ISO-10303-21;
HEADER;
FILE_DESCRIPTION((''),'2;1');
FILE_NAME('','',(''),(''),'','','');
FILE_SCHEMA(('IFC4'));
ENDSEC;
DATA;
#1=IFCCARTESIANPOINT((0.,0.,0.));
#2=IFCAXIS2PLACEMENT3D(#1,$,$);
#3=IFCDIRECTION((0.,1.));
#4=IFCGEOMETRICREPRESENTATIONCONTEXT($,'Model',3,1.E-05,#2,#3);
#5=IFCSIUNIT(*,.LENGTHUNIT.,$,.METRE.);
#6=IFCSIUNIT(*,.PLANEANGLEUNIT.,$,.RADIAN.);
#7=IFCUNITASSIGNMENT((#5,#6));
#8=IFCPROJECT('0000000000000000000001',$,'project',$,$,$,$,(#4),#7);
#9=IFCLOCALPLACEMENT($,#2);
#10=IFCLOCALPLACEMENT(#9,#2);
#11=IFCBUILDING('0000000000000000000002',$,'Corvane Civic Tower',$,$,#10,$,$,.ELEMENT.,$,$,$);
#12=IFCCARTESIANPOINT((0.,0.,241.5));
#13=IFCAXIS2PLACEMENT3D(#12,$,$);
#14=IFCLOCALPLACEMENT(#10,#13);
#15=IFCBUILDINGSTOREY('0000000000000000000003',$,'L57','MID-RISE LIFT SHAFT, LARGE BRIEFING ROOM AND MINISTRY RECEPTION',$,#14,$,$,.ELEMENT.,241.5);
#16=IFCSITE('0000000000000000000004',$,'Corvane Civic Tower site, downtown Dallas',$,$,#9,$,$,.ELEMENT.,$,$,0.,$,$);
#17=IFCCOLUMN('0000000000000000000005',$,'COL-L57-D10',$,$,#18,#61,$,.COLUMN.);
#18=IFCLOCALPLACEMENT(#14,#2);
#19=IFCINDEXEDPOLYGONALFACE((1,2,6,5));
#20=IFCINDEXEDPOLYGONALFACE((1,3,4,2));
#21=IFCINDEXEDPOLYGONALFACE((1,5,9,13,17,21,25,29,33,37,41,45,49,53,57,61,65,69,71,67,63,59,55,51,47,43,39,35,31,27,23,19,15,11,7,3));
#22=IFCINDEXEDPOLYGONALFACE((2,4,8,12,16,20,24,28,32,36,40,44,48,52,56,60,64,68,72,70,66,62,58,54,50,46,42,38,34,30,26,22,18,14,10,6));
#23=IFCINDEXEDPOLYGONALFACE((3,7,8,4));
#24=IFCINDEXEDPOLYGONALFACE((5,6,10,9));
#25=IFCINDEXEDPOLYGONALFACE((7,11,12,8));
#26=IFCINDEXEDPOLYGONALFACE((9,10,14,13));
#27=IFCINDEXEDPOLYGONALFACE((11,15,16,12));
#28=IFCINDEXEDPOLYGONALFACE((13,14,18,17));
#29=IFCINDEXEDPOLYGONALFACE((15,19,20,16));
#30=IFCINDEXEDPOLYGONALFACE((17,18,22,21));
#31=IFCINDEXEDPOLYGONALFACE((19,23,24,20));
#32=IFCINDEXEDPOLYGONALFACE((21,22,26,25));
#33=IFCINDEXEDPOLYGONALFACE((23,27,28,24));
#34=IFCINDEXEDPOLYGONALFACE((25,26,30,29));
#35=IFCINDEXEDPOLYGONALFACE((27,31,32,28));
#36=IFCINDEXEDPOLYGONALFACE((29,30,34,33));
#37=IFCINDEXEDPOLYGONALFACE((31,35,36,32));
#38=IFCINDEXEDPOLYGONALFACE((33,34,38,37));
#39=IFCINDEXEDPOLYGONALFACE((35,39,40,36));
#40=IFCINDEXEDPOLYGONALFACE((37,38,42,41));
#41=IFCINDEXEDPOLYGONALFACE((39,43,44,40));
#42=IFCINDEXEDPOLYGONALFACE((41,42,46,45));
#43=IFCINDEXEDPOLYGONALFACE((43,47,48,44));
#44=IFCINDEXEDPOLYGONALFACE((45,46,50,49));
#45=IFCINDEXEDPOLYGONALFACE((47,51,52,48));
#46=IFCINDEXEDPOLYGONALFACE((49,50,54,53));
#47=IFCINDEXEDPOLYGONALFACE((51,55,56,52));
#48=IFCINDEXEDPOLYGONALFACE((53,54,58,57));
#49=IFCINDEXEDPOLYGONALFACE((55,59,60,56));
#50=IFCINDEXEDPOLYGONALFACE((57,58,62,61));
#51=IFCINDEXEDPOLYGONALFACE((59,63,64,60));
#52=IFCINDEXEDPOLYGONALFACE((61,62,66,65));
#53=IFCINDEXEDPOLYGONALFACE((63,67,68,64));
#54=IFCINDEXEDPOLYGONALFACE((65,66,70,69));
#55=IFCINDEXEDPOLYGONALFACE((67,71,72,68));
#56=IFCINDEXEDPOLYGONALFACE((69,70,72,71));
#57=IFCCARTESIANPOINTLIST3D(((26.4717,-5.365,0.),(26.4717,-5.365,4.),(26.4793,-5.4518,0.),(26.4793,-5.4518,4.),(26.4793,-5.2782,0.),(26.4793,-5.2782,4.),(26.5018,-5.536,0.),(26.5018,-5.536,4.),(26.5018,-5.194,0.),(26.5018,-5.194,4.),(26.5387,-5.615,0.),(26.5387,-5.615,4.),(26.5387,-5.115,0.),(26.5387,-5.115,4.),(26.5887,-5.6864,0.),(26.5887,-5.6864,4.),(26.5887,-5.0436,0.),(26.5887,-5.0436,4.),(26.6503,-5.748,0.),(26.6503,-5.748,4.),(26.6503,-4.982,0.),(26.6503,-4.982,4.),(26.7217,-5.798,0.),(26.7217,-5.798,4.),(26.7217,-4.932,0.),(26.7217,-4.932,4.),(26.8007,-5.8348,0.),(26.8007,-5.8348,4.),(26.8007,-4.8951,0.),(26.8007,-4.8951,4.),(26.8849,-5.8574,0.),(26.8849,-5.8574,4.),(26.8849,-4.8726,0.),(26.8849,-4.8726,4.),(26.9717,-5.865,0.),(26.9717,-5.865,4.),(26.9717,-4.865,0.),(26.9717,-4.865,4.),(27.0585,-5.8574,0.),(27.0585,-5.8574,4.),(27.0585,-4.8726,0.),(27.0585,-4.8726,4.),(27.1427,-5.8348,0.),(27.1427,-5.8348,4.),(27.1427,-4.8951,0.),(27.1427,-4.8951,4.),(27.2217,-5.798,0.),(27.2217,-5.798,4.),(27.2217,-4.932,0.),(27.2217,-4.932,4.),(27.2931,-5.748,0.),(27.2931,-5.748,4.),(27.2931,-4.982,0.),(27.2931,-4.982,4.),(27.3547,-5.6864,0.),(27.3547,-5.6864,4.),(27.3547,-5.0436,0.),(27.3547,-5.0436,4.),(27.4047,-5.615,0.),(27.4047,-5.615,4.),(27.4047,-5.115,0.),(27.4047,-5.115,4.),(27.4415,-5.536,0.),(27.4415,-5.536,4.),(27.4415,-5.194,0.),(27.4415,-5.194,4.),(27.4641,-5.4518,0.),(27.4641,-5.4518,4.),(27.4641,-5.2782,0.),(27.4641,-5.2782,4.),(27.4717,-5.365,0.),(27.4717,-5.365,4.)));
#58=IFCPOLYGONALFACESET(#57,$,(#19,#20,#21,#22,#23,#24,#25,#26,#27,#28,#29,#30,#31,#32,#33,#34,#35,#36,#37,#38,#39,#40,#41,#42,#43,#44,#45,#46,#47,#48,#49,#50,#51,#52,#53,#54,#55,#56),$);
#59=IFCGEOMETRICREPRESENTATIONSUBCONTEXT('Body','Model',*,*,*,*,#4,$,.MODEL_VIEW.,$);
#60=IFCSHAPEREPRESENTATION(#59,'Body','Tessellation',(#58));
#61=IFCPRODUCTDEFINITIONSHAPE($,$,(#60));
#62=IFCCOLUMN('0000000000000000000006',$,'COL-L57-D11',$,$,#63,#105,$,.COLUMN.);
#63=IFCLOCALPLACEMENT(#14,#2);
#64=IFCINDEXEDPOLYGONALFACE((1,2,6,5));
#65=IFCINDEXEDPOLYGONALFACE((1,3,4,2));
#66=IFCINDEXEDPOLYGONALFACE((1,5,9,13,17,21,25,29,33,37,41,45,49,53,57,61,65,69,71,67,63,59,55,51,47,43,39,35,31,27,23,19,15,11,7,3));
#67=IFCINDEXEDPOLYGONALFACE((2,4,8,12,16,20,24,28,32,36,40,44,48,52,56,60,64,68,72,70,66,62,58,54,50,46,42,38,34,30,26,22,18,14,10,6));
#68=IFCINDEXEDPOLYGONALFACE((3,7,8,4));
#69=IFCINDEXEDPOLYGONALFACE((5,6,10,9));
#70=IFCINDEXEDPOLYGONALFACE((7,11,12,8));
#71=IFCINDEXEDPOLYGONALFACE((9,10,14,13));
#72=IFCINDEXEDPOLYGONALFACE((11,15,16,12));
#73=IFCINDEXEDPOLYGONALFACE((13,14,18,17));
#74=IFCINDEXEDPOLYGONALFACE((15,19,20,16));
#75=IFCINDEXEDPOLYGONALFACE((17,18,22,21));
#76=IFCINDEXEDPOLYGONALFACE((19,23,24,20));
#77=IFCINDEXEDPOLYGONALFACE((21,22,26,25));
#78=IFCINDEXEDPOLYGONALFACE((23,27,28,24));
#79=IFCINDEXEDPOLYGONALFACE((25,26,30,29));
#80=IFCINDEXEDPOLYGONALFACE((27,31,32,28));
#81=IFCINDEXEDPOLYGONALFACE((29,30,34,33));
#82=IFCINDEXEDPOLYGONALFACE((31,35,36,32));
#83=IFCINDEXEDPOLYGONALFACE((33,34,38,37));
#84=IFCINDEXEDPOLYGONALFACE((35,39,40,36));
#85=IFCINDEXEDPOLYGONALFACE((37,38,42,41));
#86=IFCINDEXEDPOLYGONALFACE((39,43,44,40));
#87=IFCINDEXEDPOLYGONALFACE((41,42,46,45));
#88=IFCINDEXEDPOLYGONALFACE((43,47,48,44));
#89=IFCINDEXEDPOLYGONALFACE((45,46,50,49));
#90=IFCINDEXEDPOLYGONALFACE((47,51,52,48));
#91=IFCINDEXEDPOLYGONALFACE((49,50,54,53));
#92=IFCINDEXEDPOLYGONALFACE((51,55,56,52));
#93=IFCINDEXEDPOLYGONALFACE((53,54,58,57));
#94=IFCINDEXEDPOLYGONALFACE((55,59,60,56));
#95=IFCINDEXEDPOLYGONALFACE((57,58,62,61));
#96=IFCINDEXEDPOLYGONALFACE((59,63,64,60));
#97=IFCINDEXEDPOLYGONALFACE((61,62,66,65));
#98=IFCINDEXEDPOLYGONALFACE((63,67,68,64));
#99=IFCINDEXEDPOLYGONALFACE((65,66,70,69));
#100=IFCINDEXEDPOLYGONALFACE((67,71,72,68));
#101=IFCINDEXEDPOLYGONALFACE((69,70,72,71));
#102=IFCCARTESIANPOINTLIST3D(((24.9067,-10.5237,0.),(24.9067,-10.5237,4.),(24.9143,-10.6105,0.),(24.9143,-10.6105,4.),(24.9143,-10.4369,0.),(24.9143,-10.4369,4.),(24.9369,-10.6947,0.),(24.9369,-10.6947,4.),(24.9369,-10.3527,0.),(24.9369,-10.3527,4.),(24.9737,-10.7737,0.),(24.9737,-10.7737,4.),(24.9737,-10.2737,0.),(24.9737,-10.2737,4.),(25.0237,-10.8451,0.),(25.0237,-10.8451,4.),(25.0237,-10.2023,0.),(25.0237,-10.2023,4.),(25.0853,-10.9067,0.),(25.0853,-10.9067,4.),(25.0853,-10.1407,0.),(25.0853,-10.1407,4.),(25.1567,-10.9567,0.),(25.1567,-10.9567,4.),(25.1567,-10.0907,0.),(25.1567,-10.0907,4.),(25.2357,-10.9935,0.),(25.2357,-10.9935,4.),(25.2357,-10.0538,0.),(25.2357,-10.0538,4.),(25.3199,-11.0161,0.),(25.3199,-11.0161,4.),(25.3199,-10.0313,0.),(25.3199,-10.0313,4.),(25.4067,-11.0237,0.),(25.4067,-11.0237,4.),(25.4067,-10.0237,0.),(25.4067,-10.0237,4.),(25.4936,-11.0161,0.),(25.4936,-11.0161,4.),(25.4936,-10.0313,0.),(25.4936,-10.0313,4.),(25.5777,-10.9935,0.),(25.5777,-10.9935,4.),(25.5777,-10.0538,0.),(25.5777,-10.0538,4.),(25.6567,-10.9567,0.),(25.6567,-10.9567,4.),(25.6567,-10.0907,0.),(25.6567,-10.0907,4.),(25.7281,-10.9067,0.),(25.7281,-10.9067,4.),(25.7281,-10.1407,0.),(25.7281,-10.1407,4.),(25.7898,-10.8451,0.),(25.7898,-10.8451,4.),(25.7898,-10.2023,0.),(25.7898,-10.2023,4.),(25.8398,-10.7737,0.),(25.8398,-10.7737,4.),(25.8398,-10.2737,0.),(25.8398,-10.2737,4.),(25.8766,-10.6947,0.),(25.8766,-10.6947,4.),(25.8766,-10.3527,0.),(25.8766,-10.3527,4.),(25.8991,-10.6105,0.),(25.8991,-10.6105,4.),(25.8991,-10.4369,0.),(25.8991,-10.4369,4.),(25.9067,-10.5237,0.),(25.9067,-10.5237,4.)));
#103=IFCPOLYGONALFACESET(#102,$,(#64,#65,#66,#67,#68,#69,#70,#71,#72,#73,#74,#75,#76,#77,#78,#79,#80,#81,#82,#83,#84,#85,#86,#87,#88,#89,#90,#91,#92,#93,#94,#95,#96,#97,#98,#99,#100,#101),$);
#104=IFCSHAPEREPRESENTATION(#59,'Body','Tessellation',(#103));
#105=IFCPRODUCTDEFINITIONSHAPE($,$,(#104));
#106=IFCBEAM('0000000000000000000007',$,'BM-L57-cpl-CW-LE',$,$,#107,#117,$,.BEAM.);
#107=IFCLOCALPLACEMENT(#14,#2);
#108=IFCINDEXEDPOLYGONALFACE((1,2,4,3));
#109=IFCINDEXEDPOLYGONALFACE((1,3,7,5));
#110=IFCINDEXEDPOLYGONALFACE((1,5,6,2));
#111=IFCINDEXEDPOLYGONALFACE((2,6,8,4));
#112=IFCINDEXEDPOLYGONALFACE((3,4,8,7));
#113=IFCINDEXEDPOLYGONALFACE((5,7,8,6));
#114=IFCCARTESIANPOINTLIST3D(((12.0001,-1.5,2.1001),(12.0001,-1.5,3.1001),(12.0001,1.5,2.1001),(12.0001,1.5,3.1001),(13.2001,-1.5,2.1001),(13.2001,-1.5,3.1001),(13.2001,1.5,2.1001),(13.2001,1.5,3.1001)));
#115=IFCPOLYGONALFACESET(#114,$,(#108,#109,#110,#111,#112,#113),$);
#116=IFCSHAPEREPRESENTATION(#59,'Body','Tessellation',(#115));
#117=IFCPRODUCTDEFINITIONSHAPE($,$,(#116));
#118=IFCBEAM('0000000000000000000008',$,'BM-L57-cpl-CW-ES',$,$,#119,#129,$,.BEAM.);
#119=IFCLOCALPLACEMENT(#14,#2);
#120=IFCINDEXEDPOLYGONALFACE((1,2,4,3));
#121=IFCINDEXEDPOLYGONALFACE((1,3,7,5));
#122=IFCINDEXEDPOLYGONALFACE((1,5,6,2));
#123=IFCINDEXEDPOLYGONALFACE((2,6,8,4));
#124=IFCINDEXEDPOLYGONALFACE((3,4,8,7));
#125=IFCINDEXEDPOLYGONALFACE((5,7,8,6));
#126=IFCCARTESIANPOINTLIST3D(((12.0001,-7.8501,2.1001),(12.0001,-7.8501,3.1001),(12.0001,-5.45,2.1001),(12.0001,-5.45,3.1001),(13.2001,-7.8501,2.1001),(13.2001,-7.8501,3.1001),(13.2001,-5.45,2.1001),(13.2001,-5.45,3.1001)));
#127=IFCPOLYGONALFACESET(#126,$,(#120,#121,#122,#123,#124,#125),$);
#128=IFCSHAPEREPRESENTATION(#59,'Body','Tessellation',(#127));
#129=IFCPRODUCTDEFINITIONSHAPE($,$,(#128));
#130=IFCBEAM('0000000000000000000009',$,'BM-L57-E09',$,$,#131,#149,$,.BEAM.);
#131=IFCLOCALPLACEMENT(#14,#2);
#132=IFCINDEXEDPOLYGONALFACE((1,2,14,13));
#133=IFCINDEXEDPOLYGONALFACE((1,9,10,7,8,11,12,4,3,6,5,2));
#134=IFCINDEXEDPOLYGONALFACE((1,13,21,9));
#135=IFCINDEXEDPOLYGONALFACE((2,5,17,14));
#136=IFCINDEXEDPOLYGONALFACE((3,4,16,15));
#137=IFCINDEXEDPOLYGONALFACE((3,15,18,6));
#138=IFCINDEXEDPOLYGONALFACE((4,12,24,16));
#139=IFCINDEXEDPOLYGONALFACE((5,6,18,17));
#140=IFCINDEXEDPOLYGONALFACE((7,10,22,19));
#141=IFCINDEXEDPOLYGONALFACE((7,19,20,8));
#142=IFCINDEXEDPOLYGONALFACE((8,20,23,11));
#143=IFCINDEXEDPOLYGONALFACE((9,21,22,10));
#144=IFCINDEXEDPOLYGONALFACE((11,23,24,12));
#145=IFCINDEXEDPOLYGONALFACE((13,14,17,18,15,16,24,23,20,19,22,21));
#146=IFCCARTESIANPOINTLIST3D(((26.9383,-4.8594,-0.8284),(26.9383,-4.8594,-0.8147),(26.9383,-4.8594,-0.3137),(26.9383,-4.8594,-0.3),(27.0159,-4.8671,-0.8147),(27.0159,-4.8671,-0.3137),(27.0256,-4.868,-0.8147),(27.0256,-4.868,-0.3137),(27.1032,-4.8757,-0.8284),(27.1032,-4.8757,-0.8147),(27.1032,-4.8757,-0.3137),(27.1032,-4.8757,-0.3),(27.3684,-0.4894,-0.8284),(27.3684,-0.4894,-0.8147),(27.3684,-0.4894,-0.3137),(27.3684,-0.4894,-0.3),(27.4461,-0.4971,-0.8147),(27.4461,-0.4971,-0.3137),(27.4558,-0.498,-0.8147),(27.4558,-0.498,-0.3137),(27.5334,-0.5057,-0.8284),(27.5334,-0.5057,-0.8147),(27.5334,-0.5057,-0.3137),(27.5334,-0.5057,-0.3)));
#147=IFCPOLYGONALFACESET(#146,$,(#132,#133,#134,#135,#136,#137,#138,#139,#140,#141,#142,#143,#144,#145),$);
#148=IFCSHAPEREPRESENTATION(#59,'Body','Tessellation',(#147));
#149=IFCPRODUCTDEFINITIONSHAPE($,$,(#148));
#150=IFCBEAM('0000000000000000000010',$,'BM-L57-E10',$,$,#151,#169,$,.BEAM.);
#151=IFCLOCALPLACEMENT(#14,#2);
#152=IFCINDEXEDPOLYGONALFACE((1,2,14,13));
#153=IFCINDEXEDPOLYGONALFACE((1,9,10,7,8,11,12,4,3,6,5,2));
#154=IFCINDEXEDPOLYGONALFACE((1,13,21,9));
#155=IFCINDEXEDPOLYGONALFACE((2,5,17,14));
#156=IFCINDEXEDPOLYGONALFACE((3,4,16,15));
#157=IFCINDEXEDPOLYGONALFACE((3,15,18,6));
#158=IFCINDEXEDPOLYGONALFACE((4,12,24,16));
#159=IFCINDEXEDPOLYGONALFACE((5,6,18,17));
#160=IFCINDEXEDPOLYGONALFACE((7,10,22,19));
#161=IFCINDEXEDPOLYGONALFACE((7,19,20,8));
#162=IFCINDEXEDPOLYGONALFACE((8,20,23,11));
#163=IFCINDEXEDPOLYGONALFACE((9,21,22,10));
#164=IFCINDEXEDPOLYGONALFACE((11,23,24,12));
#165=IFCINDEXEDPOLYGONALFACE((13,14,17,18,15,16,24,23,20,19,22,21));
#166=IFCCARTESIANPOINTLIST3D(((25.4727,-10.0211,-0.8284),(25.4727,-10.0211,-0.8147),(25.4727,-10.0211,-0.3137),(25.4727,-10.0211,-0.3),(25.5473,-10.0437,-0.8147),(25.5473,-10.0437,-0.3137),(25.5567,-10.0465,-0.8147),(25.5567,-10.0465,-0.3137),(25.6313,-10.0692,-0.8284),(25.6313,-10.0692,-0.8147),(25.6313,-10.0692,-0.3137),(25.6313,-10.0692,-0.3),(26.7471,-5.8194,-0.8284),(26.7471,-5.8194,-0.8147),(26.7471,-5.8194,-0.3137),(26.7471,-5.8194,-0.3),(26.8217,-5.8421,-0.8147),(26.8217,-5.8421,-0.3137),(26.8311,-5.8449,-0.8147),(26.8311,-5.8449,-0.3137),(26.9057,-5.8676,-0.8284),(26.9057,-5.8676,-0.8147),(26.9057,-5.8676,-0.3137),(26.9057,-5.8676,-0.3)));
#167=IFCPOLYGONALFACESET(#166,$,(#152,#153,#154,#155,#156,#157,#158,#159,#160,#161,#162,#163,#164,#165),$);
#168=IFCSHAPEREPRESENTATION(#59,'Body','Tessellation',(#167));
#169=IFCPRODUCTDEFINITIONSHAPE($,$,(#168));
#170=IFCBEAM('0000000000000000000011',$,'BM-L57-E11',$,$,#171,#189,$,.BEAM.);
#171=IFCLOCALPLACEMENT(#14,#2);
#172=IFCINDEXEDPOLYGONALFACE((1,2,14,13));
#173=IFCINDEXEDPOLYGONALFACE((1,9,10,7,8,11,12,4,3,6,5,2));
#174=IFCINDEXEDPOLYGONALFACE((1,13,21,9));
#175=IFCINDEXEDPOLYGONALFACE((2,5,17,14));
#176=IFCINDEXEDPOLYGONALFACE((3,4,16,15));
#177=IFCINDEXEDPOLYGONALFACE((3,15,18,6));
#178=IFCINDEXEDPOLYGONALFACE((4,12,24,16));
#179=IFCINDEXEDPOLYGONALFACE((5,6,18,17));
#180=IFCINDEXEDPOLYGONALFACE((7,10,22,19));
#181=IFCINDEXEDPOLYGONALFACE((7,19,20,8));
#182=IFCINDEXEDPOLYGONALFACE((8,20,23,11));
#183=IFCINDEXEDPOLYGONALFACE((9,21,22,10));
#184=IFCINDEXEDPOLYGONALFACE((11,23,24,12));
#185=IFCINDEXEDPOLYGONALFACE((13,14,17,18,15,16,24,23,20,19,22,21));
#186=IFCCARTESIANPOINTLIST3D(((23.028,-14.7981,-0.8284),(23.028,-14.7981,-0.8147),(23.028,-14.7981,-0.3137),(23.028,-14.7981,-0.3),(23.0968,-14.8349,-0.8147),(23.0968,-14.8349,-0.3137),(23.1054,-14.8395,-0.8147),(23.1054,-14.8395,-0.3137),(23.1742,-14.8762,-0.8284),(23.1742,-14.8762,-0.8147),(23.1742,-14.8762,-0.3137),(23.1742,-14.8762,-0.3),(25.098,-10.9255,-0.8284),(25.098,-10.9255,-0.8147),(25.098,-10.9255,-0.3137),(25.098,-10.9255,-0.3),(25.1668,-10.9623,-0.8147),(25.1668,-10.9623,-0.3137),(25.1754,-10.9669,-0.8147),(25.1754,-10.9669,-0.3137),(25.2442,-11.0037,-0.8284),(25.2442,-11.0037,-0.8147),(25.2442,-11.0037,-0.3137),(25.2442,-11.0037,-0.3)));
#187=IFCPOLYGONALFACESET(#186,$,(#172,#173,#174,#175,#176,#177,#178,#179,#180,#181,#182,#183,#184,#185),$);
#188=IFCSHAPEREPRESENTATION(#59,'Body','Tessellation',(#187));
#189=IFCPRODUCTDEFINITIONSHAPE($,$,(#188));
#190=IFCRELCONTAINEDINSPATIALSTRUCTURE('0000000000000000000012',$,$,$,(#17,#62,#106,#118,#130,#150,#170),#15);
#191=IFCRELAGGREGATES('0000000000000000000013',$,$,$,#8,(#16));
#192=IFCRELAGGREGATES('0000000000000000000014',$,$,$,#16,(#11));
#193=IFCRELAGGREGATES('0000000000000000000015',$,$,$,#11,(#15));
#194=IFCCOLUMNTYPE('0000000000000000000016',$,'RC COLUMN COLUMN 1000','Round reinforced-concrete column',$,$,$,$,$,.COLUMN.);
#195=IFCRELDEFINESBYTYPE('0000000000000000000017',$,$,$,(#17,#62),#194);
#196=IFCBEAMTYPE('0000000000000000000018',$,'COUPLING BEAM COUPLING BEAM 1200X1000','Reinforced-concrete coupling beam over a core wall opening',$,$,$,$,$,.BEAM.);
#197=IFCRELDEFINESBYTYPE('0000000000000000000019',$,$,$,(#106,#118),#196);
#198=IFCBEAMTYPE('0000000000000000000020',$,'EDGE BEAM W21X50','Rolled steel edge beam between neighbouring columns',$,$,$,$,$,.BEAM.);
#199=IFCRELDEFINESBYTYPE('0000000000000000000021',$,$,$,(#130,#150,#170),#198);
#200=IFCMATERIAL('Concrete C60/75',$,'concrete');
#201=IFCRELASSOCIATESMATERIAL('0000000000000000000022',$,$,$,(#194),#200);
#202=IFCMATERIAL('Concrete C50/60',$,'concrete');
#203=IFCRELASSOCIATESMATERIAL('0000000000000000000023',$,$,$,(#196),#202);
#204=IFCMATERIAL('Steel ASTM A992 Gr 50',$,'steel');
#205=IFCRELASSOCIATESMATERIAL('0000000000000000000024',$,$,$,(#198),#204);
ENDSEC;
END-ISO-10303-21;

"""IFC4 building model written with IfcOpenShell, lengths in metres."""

from ifc_helpers import new_model, si_unit, direction, frame, origin, origin_2d, place, context, subcontext, project, spatial, rectangle, circle, i_section, extrude, material, material_profile, profile_set, type_object, element, save


model = new_model("IFC4")

# Units and contexts
model_context = context("Model", 3, precision=1e-05, world=origin(), true_north=direction((0.0, 1.0)))
body_context = subcontext(model_context, "Body", "Model", "MODEL_VIEW")
ifc_project = project(units=[si_unit("LENGTHUNIT", "METRE"), si_unit("PLANEANGLEUNIT", "RADIAN")], contexts=[model_context])

# Site, building, storey
site_placement = place(None, origin())
site = spatial("IfcSite", under=ifc_project, at=site_placement, Name="Corvane Civic Tower site, downtown Dallas", CompositionType="ELEMENT", RefElevation=0.0)
building_placement = place(site_placement, origin())
building = spatial("IfcBuilding", under=site, at=building_placement, Name="Corvane Civic Tower", CompositionType="ELEMENT")
storey_placement = place(building_placement, frame((0.0, 0.0, 241.5)))
storey = spatial("IfcBuildingStorey", under=building, at=storey_placement, Name="L57", Description="MID-RISE LIFT SHAFT, LARGE BRIEFING ROOM AND MINISTRY RECEPTION", CompositionType="ELEMENT", Elevation=241.5)

# Columns
ifc_material_1 = material(Name="Concrete C60/75", Category="concrete")
ifc_material_profile_1 = material_profile(ifc_material_1, circle(Radius=0.5, at=origin_2d()), Name="COLUMN 1000")
ifc_profile_set_1 = profile_set([ifc_material_profile_1], Name="Concrete C60/75")
column_type = type_object("IfcColumnType", Name="RC COLUMN COLUMN 1000", Description="Round reinforced-concrete column", PredefinedType="COLUMN", material=ifc_profile_set_1)
for number, where, z_axis, x_axis, name in (
    (1, (26.9717, -5.365, 0.0), (0.0, 0.0, 1.0), (1.0, 0.0, 0.0), "COL-L57-D10"),
    (2, (25.4067, -10.5237, 0.0), (0.0, 0.0, 1.0), (1.0, 0.0, 0.0), "COL-L57-D11"),
):
    element("IfcColumn", number, at=place(storey_placement, frame(where, z_axis=z_axis, x_axis=x_axis)), inside=storey, type_object=column_type, Name=name, PredefinedType="COLUMN", context=body_context, shape_type="SweptSolid", body=[
        extrude(circle(Radius=0.5, at=origin_2d()), origin(), (0.0, 0.0, 1.0), 4.0),
    ])

# Beams
ifc_material_2 = material(Name="Concrete C50/60", Category="concrete")
ifc_material_profile_2 = material_profile(ifc_material_2, rectangle(XDim=1.2, YDim=1.0, at=origin_2d()), Name="COUPLING BEAM 1200X1000")
ifc_profile_set_2 = profile_set([ifc_material_profile_2], Name="Concrete C50/60")
beam_type_1 = type_object("IfcBeamType", Name="COUPLING BEAM COUPLING BEAM 1200X1000", Description="Reinforced-concrete coupling beam over a core wall opening", PredefinedType="BEAM", material=ifc_profile_set_2)
beam_1_placement = place(storey_placement, frame((12.6001, -1.5, 2.6001), z_axis=(0.0, 1.0, 0.0), x_axis=(-1.0, 0.0, 0.0)))
element("IfcBeam", 3, at=beam_1_placement, inside=storey, type_object=beam_type_1, Name="BM-L57-cpl-CW-LE", PredefinedType="BEAM", context=body_context, shape_type="SweptSolid", body=[
    extrude(rectangle(XDim=1.2, YDim=1.0, at=origin_2d()), origin(), (0.0, 0.0, 1.0), 3.0),
])
beam_2_placement = place(storey_placement, frame((12.6001, -7.8501, 2.6001), z_axis=(0.0, 1.0, 0.0), x_axis=(-1.0, 0.0, 0.0)))
element("IfcBeam", 4, at=beam_2_placement, inside=storey, type_object=beam_type_1, Name="BM-L57-cpl-CW-ES", PredefinedType="BEAM", context=body_context, shape_type="SweptSolid", body=[
    extrude(rectangle(XDim=1.2, YDim=1.0, at=origin_2d()), origin(), (0.0, 0.0, 1.0), 2.4001),
])
ifc_material_3 = material(Name="Steel ASTM A992 Gr 50", Category="steel")
ifc_material_profile_3 = material_profile(ifc_material_3, i_section(OverallWidth=0.1658, OverallDepth=0.5283, WebThickness=0.0098, FlangeThickness=0.0137, at=origin_2d()), Name="W21X50")
ifc_profile_set_3 = profile_set([ifc_material_profile_3], Name="Steel ASTM A992 Gr 50")
beam_type_2 = type_object("IfcBeamType", Name="EDGE BEAM W21X50", Description="Rolled steel edge beam between neighbouring columns", PredefinedType="BEAM", material=ifc_profile_set_3)
beam_3_placement = place(storey_placement, frame((27.4509, -0.4976, -0.5642), z_axis=(-0.097968, -0.99519, 0.0), x_axis=(0.99519, -0.097968, 0.0)))
element("IfcBeam", 5, at=beam_3_placement, inside=storey, type_object=beam_type_2, Name="BM-L57-E09", PredefinedType="BEAM", context=body_context, shape_type="SweptSolid", body=[
    extrude(i_section(OverallWidth=0.1658, OverallDepth=0.5283, WebThickness=0.0098, FlangeThickness=0.0137, at=origin_2d()), origin(), (0.0, 0.0, 1.0), 4.3911),
])
beam_4_placement = place(storey_placement, frame((26.8264, -5.8435, -0.5642), z_axis=(-0.290254, -0.95695, 0.0), x_axis=(0.95695, -0.290254, 0.0)))
element("IfcBeam", 6, at=beam_4_placement, inside=storey, type_object=beam_type_2, Name="BM-L57-E10", PredefinedType="BEAM", context=body_context, shape_type="SweptSolid", body=[
    extrude(i_section(OverallWidth=0.1658, OverallDepth=0.5283, WebThickness=0.0098, FlangeThickness=0.0137, at=origin_2d()), origin(), (0.0, 0.0, 1.0), 4.3906),
])
beam_5_placement = place(storey_placement, frame((25.1711, -10.9646, -0.5642), z_axis=(-0.471422, -0.881908, 0.0), x_axis=(0.881908, -0.471422, 0.0)))
element("IfcBeam", 7, at=beam_5_placement, inside=storey, type_object=beam_type_2, Name="BM-L57-E11", PredefinedType="BEAM", context=body_context, shape_type="SweptSolid", body=[
    extrude(i_section(OverallWidth=0.1658, OverallDepth=0.5283, WebThickness=0.0098, FlangeThickness=0.0137, at=origin_2d()), origin(), (0.0, 0.0, 1.0), 4.3911),
])

save(model, "model.ifc")
